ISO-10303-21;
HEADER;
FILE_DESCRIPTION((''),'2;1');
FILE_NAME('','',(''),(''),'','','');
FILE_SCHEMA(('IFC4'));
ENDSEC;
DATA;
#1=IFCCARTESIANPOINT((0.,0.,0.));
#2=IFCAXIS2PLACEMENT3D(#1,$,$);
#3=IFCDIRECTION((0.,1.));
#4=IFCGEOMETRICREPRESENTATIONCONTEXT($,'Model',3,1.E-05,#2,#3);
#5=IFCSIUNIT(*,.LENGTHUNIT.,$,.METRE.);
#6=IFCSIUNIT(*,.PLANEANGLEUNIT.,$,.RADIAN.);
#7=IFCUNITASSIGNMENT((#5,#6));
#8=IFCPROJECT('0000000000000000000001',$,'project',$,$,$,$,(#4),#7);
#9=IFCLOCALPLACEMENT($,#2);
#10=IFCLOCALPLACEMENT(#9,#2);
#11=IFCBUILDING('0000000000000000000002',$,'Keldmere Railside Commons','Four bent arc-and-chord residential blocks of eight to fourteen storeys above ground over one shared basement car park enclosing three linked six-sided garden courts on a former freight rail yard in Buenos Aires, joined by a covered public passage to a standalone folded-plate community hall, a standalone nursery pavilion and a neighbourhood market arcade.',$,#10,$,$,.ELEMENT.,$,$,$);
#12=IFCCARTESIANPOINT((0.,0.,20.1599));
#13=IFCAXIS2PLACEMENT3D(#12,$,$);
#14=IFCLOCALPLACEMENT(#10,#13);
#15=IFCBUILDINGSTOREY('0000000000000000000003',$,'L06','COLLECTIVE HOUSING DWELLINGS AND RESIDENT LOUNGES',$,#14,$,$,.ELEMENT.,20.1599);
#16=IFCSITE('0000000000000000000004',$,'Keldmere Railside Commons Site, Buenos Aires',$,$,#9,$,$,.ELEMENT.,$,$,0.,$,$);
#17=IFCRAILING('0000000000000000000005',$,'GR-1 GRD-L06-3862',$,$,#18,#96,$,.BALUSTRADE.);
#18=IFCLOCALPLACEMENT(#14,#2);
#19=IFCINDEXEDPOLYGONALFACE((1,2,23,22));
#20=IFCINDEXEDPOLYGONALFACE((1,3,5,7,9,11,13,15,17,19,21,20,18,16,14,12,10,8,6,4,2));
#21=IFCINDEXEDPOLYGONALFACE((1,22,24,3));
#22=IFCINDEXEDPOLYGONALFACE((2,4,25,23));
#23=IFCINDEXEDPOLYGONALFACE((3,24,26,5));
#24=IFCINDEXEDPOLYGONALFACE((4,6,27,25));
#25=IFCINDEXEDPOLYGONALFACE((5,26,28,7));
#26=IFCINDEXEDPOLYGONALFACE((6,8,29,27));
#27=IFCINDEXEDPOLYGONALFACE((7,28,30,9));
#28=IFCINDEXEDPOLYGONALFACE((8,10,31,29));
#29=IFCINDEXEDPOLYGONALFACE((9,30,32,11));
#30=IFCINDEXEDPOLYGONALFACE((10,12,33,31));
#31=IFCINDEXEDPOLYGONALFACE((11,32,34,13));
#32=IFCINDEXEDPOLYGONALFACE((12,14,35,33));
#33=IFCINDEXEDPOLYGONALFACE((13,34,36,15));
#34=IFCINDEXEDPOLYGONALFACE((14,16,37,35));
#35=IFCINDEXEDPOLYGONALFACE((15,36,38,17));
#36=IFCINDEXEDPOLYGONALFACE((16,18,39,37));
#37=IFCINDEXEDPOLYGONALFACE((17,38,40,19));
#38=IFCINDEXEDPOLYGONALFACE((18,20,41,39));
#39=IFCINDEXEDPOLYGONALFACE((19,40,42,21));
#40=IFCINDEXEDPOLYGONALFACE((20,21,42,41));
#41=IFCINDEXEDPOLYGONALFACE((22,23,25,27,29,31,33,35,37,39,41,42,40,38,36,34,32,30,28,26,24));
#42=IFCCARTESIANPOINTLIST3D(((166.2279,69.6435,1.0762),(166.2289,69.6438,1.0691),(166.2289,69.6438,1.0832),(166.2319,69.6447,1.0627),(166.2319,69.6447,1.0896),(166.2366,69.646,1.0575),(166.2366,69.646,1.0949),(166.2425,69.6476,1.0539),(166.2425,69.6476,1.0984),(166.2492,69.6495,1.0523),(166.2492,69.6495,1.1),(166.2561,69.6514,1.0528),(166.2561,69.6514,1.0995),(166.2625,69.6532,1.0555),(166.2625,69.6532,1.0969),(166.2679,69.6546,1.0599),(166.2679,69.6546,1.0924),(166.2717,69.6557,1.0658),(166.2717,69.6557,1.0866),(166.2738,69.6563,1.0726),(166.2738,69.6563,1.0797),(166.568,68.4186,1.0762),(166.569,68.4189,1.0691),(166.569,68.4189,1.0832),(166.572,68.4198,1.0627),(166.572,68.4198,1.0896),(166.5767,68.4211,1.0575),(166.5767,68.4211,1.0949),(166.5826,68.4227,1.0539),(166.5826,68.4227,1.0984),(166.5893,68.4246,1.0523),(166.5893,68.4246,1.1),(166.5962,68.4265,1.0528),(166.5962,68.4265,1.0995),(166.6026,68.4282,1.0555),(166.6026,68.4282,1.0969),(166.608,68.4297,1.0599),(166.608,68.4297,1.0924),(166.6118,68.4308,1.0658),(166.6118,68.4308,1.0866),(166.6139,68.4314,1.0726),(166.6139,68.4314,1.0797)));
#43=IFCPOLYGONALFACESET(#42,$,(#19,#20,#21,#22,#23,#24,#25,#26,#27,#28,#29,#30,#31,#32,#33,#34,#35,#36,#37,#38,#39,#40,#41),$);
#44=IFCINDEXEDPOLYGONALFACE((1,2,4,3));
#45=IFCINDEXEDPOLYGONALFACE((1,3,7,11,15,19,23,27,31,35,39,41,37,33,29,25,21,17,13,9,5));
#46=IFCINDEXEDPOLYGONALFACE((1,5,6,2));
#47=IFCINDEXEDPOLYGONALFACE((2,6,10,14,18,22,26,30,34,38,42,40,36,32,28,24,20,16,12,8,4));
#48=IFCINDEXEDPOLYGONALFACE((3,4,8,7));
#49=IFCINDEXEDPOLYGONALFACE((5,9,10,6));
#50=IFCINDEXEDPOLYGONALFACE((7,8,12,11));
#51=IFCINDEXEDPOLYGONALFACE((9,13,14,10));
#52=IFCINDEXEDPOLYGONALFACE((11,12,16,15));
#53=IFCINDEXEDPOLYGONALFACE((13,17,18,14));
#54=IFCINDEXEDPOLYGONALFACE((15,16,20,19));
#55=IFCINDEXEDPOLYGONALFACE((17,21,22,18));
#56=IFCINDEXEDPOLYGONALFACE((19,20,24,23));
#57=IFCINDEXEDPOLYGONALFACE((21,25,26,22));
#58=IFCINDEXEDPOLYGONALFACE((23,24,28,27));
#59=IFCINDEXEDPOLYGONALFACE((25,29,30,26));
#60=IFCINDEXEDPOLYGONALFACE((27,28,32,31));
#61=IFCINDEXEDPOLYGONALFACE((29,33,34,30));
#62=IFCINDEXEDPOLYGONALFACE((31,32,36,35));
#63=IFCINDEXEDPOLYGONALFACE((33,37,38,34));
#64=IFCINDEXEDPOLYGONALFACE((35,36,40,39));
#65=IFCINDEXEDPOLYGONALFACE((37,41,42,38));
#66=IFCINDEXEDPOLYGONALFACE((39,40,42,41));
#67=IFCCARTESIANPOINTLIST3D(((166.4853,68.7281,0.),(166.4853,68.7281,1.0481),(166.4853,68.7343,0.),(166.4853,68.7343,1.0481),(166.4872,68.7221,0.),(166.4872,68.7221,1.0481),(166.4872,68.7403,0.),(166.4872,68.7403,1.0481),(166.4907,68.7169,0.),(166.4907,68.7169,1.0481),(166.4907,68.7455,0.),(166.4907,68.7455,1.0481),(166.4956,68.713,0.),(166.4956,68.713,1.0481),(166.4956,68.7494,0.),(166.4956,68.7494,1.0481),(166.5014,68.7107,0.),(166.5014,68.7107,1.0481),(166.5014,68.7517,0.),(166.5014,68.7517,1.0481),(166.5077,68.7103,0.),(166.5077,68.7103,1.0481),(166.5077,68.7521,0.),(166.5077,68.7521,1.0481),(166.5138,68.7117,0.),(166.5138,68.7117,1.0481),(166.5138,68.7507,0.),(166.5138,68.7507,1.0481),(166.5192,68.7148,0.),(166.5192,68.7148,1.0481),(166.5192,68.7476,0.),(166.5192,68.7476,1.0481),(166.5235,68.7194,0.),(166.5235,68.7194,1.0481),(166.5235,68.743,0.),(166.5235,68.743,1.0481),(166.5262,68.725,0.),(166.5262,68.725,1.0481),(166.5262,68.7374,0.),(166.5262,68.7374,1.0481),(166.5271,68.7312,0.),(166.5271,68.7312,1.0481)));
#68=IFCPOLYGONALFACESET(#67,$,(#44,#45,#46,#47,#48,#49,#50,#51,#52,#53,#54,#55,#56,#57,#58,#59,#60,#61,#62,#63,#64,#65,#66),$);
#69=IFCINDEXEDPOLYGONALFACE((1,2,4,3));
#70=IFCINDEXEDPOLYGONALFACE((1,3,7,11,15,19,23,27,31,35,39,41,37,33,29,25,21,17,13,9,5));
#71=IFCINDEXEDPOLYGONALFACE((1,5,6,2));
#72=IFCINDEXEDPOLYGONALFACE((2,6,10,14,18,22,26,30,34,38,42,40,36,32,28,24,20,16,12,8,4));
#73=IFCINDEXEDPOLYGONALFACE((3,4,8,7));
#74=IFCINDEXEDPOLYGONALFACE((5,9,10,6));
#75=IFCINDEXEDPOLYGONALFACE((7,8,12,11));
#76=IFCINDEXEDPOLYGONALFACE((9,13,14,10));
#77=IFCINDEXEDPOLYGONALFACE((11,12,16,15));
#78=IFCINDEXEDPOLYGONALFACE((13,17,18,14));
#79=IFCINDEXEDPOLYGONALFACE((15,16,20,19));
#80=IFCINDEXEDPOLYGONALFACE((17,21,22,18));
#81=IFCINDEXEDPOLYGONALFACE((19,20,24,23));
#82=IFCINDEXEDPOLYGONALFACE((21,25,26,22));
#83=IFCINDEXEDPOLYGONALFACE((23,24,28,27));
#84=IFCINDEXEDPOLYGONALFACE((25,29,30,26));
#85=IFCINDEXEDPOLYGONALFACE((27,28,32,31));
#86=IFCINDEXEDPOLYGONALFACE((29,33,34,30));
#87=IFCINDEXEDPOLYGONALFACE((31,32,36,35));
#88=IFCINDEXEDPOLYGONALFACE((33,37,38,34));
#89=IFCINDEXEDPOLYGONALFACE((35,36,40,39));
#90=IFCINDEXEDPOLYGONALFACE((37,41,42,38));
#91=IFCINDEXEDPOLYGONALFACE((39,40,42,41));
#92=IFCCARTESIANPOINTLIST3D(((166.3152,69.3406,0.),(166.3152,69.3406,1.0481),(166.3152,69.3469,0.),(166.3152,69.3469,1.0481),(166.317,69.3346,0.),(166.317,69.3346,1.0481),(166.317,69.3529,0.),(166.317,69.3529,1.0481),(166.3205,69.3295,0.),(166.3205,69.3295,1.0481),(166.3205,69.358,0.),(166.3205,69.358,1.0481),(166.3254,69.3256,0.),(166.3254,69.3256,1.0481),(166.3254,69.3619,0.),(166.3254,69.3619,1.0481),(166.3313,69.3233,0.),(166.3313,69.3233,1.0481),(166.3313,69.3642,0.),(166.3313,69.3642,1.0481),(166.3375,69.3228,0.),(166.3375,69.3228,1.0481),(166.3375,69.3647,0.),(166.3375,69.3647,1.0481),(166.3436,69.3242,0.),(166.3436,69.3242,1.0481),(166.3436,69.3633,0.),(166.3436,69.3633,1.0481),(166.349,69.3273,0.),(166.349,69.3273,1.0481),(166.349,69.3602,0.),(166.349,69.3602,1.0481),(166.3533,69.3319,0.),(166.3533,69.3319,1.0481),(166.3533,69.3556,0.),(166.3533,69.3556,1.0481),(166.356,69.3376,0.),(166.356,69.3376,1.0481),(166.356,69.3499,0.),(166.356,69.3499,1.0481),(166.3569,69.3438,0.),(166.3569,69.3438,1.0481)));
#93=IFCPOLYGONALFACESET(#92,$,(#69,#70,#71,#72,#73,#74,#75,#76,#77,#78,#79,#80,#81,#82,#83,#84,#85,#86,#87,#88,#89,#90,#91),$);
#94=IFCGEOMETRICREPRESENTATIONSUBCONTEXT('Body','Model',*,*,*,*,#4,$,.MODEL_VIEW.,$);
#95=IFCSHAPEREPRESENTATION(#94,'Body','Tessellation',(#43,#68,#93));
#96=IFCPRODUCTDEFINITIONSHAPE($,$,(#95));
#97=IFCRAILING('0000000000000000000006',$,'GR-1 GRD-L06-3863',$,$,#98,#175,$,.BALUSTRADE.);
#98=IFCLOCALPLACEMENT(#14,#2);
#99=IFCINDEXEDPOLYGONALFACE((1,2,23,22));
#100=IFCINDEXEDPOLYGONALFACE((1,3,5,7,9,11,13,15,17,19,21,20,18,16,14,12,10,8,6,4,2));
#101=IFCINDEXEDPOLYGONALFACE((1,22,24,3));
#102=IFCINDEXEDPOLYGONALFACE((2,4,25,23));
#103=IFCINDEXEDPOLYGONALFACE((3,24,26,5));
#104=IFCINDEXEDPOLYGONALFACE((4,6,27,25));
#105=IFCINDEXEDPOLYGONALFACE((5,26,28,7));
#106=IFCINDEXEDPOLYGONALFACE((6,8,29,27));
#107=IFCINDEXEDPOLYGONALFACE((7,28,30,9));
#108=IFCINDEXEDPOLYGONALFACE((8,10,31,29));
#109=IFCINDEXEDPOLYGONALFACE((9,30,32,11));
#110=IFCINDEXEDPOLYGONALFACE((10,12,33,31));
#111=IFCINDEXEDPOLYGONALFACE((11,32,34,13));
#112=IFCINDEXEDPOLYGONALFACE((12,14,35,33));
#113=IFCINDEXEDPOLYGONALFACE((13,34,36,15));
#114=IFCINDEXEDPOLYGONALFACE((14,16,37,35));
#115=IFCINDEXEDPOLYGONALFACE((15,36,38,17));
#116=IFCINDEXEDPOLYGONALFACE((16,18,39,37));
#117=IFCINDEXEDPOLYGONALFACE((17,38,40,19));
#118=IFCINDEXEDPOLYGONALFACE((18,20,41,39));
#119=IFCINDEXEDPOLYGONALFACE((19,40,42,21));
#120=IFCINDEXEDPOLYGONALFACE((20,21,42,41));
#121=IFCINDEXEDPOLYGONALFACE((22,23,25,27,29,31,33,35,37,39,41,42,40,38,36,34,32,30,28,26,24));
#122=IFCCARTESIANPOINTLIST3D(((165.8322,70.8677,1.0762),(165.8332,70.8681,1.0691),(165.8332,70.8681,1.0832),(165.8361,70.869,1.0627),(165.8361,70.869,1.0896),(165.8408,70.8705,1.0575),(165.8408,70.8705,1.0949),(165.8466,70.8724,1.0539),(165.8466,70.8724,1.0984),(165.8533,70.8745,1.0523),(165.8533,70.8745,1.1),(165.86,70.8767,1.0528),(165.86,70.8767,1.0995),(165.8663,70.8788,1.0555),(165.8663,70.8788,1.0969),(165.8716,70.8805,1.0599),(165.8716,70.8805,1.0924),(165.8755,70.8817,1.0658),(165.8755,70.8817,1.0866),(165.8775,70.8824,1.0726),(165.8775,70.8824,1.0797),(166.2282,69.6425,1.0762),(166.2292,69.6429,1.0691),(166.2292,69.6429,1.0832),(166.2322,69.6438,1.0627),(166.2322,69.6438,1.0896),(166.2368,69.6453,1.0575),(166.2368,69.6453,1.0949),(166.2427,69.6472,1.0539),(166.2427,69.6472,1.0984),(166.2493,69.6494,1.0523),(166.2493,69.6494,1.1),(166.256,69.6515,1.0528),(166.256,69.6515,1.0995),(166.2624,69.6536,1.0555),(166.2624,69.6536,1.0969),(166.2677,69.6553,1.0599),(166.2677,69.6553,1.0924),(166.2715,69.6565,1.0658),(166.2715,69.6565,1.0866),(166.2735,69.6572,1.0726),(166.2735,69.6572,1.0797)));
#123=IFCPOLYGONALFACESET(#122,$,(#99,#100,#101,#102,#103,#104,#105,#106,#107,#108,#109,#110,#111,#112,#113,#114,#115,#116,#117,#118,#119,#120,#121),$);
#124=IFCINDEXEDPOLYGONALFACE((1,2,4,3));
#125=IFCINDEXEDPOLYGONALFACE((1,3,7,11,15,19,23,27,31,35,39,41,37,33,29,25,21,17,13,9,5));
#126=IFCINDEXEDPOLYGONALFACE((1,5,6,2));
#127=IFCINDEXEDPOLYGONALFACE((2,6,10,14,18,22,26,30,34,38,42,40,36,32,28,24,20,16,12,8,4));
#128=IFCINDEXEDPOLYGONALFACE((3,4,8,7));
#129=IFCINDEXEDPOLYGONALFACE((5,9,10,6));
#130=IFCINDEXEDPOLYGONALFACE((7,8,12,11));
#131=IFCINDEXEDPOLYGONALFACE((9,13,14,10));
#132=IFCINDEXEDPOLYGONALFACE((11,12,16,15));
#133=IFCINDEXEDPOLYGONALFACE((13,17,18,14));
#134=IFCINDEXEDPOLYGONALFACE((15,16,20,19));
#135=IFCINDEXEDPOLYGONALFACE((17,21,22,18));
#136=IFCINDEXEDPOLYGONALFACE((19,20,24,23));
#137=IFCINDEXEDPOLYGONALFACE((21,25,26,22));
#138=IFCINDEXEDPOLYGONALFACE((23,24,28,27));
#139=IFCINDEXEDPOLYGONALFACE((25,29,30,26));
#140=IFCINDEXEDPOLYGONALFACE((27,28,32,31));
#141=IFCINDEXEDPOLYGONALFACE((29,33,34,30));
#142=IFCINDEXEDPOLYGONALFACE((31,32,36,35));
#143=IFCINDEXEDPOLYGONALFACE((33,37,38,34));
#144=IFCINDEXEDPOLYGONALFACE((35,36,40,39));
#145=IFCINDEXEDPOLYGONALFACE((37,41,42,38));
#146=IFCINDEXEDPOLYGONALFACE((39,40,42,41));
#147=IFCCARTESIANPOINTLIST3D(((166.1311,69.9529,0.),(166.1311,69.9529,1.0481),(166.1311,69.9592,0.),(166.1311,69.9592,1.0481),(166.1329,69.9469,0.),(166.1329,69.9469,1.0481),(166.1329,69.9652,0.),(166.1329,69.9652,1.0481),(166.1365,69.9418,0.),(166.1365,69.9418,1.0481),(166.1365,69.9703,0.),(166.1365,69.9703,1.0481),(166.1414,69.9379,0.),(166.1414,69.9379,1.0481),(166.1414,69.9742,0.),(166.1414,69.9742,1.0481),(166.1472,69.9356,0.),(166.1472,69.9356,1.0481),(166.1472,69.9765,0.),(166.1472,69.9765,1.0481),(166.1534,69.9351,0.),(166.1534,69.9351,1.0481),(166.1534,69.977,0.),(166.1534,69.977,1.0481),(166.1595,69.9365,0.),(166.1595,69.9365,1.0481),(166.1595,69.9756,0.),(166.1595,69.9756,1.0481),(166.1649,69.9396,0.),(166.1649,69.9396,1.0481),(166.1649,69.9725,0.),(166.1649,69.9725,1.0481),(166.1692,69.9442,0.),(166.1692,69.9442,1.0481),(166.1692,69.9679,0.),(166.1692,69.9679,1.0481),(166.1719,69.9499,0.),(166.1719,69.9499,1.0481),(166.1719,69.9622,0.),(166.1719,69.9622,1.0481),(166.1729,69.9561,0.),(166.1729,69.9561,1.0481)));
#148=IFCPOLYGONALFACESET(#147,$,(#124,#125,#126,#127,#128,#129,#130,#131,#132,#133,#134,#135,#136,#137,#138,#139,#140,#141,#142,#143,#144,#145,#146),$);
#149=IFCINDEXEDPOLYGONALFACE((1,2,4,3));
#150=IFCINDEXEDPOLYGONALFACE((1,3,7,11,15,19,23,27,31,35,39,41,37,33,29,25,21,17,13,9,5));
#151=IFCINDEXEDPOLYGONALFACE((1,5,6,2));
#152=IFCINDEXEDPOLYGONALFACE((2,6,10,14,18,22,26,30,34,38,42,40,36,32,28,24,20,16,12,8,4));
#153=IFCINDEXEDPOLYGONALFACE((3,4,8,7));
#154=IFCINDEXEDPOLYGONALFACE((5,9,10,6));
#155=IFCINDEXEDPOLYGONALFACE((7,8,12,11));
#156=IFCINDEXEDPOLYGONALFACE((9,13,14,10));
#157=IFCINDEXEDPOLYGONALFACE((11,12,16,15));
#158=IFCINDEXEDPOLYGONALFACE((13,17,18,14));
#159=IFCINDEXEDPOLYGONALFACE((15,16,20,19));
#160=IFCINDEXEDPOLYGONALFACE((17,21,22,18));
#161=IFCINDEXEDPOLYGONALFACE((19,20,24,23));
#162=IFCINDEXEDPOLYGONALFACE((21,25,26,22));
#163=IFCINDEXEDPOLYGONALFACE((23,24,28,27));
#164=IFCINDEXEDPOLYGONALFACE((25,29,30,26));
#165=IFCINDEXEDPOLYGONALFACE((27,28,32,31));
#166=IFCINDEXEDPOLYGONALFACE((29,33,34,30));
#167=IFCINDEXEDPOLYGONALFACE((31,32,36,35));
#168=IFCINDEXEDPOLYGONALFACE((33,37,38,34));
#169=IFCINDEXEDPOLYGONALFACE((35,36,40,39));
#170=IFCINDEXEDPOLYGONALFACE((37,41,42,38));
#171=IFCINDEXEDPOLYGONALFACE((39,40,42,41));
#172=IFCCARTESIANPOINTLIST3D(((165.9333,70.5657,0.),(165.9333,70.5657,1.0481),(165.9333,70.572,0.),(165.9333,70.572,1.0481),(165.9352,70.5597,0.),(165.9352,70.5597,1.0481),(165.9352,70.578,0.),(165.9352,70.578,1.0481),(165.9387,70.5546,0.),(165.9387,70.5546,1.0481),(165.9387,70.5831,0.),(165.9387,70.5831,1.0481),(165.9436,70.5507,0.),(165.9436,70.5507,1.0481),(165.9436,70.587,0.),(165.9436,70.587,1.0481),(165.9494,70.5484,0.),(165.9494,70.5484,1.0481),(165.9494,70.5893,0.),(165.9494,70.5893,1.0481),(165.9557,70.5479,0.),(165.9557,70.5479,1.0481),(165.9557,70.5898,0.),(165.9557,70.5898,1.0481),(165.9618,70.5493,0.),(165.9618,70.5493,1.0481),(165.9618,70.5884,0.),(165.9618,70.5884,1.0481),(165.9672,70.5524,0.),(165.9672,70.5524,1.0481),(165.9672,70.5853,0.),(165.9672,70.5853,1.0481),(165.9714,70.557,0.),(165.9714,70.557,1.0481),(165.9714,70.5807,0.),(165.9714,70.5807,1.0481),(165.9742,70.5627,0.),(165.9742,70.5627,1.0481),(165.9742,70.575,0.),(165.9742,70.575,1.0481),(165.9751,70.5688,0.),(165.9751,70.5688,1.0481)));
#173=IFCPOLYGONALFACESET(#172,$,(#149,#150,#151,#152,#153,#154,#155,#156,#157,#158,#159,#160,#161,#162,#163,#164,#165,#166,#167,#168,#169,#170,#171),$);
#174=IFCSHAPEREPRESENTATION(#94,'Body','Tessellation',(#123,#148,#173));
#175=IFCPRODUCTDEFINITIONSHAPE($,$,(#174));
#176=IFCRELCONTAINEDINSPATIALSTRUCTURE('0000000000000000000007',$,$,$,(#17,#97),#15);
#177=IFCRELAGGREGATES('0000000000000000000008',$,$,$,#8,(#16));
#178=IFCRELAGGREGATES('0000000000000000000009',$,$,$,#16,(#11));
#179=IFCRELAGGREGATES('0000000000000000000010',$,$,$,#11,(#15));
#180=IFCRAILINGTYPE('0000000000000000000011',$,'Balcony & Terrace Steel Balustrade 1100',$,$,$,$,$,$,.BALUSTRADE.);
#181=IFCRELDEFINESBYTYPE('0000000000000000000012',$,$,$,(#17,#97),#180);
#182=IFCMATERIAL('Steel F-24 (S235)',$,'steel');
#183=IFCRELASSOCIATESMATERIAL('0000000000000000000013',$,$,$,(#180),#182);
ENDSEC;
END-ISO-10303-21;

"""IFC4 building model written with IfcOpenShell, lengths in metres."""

from ifc_helpers import new_model, si_unit, direction, frame, origin, origin_2d, place, context, subcontext, project, spatial, circle, extrude, material, type_object, element, save


model = new_model("IFC4")

# Units and contexts
model_context = context("Model", 3, precision=1e-05, world=origin(), true_north=direction((0.0, 1.0)))
body_context = subcontext(model_context, "Body", "Model", "MODEL_VIEW")
ifc_project = project(units=[si_unit("LENGTHUNIT", "METRE"), si_unit("PLANEANGLEUNIT", "RADIAN")], contexts=[model_context])

# Site, building, storey
site_placement = place(None, origin())
site = spatial("IfcSite", under=ifc_project, at=site_placement, Name="Keldmere Railside Commons Site, Buenos Aires", CompositionType="ELEMENT", RefElevation=0.0)
building_placement = place(site_placement, origin())
building = spatial("IfcBuilding", under=site, at=building_placement, Name="Keldmere Railside Commons", Description="Four bent arc-and-chord residential blocks of eight to fourteen storeys above ground over one shared basement car park enclosing three linked six-sided garden courts on a former freight rail yard in Buenos Aires, joined by a covered public passage to a standalone folded-plate community hall, a standalone nursery pavilion and a neighbourhood market arcade.", CompositionType="ELEMENT")
storey_placement = place(building_placement, frame((0.0, 0.0, 20.1599)))
storey = spatial("IfcBuildingStorey", under=building, at=storey_placement, Name="L06", Description="COLLECTIVE HOUSING DWELLINGS AND RESIDENT LOUNGES", CompositionType="ELEMENT", Elevation=20.1599)

# Shared definitions
ifc_material_1 = material(Name="Steel F-24 (S235)", Category="steel")

# Railings
railing_type_1 = type_object("IfcRailingType", Name="Balcony & Terrace Steel Balustrade 1100", PredefinedType="BALUSTRADE", material=ifc_material_1)
railing_1_placement = place(storey_placement, frame((166.5911, 68.425, 0.0)))
element("IfcRailing", 1, at=railing_1_placement, inside=storey, type_object=railing_type_1, Name="GR-1 GRD-L06-3862", PredefinedType="BALUSTRADE", context=body_context, shape_type="SweptSolid", body=[
    extrude(circle(Radius=0.0239, at=origin_2d()), frame((0.0, 0.0, 1.0762), z_axis=(-0.267535, 0.963548, 0.0), x_axis=(-0.963548, -0.267535, 0.0)), (0.0, 0.0, 1.0), 1.2712),
    extrude(circle(Radius=0.021, at=origin_2d()), frame((-0.085, 0.3062, 0.0)), (0.0, 0.0, 1.0), 1.0481),
    extrude(circle(Radius=0.021, at=origin_2d()), frame((-0.2551, 0.9187, 0.0)), (0.0, 0.0, 1.0), 1.0481),
])
railing_2_placement = place(storey_placement, frame((166.251, 69.6499, 0.0)))
element("IfcRailing", 2, at=railing_2_placement, inside=storey, type_object=railing_type_1, Name="GR-1 GRD-L06-3863", PredefinedType="BALUSTRADE", context=body_context, shape_type="SweptSolid", body=[
    extrude(circle(Radius=0.0239, at=origin_2d()), frame((0.0, 0.0, 1.0762), z_axis=(-0.307568, 0.951526, 0.0), x_axis=(-0.951526, -0.307568, 0.0)), (0.0, 0.0, 1.0), 1.2876),
    extrude(circle(Radius=0.021, at=origin_2d()), frame((-0.0991, 0.3062, 0.0)), (0.0, 0.0, 1.0), 1.0481),
    extrude(circle(Radius=0.021, at=origin_2d()), frame((-0.2969, 0.9189, 0.0)), (0.0, 0.0, 1.0), 1.0481),
])

save(model, "model.ifc")
